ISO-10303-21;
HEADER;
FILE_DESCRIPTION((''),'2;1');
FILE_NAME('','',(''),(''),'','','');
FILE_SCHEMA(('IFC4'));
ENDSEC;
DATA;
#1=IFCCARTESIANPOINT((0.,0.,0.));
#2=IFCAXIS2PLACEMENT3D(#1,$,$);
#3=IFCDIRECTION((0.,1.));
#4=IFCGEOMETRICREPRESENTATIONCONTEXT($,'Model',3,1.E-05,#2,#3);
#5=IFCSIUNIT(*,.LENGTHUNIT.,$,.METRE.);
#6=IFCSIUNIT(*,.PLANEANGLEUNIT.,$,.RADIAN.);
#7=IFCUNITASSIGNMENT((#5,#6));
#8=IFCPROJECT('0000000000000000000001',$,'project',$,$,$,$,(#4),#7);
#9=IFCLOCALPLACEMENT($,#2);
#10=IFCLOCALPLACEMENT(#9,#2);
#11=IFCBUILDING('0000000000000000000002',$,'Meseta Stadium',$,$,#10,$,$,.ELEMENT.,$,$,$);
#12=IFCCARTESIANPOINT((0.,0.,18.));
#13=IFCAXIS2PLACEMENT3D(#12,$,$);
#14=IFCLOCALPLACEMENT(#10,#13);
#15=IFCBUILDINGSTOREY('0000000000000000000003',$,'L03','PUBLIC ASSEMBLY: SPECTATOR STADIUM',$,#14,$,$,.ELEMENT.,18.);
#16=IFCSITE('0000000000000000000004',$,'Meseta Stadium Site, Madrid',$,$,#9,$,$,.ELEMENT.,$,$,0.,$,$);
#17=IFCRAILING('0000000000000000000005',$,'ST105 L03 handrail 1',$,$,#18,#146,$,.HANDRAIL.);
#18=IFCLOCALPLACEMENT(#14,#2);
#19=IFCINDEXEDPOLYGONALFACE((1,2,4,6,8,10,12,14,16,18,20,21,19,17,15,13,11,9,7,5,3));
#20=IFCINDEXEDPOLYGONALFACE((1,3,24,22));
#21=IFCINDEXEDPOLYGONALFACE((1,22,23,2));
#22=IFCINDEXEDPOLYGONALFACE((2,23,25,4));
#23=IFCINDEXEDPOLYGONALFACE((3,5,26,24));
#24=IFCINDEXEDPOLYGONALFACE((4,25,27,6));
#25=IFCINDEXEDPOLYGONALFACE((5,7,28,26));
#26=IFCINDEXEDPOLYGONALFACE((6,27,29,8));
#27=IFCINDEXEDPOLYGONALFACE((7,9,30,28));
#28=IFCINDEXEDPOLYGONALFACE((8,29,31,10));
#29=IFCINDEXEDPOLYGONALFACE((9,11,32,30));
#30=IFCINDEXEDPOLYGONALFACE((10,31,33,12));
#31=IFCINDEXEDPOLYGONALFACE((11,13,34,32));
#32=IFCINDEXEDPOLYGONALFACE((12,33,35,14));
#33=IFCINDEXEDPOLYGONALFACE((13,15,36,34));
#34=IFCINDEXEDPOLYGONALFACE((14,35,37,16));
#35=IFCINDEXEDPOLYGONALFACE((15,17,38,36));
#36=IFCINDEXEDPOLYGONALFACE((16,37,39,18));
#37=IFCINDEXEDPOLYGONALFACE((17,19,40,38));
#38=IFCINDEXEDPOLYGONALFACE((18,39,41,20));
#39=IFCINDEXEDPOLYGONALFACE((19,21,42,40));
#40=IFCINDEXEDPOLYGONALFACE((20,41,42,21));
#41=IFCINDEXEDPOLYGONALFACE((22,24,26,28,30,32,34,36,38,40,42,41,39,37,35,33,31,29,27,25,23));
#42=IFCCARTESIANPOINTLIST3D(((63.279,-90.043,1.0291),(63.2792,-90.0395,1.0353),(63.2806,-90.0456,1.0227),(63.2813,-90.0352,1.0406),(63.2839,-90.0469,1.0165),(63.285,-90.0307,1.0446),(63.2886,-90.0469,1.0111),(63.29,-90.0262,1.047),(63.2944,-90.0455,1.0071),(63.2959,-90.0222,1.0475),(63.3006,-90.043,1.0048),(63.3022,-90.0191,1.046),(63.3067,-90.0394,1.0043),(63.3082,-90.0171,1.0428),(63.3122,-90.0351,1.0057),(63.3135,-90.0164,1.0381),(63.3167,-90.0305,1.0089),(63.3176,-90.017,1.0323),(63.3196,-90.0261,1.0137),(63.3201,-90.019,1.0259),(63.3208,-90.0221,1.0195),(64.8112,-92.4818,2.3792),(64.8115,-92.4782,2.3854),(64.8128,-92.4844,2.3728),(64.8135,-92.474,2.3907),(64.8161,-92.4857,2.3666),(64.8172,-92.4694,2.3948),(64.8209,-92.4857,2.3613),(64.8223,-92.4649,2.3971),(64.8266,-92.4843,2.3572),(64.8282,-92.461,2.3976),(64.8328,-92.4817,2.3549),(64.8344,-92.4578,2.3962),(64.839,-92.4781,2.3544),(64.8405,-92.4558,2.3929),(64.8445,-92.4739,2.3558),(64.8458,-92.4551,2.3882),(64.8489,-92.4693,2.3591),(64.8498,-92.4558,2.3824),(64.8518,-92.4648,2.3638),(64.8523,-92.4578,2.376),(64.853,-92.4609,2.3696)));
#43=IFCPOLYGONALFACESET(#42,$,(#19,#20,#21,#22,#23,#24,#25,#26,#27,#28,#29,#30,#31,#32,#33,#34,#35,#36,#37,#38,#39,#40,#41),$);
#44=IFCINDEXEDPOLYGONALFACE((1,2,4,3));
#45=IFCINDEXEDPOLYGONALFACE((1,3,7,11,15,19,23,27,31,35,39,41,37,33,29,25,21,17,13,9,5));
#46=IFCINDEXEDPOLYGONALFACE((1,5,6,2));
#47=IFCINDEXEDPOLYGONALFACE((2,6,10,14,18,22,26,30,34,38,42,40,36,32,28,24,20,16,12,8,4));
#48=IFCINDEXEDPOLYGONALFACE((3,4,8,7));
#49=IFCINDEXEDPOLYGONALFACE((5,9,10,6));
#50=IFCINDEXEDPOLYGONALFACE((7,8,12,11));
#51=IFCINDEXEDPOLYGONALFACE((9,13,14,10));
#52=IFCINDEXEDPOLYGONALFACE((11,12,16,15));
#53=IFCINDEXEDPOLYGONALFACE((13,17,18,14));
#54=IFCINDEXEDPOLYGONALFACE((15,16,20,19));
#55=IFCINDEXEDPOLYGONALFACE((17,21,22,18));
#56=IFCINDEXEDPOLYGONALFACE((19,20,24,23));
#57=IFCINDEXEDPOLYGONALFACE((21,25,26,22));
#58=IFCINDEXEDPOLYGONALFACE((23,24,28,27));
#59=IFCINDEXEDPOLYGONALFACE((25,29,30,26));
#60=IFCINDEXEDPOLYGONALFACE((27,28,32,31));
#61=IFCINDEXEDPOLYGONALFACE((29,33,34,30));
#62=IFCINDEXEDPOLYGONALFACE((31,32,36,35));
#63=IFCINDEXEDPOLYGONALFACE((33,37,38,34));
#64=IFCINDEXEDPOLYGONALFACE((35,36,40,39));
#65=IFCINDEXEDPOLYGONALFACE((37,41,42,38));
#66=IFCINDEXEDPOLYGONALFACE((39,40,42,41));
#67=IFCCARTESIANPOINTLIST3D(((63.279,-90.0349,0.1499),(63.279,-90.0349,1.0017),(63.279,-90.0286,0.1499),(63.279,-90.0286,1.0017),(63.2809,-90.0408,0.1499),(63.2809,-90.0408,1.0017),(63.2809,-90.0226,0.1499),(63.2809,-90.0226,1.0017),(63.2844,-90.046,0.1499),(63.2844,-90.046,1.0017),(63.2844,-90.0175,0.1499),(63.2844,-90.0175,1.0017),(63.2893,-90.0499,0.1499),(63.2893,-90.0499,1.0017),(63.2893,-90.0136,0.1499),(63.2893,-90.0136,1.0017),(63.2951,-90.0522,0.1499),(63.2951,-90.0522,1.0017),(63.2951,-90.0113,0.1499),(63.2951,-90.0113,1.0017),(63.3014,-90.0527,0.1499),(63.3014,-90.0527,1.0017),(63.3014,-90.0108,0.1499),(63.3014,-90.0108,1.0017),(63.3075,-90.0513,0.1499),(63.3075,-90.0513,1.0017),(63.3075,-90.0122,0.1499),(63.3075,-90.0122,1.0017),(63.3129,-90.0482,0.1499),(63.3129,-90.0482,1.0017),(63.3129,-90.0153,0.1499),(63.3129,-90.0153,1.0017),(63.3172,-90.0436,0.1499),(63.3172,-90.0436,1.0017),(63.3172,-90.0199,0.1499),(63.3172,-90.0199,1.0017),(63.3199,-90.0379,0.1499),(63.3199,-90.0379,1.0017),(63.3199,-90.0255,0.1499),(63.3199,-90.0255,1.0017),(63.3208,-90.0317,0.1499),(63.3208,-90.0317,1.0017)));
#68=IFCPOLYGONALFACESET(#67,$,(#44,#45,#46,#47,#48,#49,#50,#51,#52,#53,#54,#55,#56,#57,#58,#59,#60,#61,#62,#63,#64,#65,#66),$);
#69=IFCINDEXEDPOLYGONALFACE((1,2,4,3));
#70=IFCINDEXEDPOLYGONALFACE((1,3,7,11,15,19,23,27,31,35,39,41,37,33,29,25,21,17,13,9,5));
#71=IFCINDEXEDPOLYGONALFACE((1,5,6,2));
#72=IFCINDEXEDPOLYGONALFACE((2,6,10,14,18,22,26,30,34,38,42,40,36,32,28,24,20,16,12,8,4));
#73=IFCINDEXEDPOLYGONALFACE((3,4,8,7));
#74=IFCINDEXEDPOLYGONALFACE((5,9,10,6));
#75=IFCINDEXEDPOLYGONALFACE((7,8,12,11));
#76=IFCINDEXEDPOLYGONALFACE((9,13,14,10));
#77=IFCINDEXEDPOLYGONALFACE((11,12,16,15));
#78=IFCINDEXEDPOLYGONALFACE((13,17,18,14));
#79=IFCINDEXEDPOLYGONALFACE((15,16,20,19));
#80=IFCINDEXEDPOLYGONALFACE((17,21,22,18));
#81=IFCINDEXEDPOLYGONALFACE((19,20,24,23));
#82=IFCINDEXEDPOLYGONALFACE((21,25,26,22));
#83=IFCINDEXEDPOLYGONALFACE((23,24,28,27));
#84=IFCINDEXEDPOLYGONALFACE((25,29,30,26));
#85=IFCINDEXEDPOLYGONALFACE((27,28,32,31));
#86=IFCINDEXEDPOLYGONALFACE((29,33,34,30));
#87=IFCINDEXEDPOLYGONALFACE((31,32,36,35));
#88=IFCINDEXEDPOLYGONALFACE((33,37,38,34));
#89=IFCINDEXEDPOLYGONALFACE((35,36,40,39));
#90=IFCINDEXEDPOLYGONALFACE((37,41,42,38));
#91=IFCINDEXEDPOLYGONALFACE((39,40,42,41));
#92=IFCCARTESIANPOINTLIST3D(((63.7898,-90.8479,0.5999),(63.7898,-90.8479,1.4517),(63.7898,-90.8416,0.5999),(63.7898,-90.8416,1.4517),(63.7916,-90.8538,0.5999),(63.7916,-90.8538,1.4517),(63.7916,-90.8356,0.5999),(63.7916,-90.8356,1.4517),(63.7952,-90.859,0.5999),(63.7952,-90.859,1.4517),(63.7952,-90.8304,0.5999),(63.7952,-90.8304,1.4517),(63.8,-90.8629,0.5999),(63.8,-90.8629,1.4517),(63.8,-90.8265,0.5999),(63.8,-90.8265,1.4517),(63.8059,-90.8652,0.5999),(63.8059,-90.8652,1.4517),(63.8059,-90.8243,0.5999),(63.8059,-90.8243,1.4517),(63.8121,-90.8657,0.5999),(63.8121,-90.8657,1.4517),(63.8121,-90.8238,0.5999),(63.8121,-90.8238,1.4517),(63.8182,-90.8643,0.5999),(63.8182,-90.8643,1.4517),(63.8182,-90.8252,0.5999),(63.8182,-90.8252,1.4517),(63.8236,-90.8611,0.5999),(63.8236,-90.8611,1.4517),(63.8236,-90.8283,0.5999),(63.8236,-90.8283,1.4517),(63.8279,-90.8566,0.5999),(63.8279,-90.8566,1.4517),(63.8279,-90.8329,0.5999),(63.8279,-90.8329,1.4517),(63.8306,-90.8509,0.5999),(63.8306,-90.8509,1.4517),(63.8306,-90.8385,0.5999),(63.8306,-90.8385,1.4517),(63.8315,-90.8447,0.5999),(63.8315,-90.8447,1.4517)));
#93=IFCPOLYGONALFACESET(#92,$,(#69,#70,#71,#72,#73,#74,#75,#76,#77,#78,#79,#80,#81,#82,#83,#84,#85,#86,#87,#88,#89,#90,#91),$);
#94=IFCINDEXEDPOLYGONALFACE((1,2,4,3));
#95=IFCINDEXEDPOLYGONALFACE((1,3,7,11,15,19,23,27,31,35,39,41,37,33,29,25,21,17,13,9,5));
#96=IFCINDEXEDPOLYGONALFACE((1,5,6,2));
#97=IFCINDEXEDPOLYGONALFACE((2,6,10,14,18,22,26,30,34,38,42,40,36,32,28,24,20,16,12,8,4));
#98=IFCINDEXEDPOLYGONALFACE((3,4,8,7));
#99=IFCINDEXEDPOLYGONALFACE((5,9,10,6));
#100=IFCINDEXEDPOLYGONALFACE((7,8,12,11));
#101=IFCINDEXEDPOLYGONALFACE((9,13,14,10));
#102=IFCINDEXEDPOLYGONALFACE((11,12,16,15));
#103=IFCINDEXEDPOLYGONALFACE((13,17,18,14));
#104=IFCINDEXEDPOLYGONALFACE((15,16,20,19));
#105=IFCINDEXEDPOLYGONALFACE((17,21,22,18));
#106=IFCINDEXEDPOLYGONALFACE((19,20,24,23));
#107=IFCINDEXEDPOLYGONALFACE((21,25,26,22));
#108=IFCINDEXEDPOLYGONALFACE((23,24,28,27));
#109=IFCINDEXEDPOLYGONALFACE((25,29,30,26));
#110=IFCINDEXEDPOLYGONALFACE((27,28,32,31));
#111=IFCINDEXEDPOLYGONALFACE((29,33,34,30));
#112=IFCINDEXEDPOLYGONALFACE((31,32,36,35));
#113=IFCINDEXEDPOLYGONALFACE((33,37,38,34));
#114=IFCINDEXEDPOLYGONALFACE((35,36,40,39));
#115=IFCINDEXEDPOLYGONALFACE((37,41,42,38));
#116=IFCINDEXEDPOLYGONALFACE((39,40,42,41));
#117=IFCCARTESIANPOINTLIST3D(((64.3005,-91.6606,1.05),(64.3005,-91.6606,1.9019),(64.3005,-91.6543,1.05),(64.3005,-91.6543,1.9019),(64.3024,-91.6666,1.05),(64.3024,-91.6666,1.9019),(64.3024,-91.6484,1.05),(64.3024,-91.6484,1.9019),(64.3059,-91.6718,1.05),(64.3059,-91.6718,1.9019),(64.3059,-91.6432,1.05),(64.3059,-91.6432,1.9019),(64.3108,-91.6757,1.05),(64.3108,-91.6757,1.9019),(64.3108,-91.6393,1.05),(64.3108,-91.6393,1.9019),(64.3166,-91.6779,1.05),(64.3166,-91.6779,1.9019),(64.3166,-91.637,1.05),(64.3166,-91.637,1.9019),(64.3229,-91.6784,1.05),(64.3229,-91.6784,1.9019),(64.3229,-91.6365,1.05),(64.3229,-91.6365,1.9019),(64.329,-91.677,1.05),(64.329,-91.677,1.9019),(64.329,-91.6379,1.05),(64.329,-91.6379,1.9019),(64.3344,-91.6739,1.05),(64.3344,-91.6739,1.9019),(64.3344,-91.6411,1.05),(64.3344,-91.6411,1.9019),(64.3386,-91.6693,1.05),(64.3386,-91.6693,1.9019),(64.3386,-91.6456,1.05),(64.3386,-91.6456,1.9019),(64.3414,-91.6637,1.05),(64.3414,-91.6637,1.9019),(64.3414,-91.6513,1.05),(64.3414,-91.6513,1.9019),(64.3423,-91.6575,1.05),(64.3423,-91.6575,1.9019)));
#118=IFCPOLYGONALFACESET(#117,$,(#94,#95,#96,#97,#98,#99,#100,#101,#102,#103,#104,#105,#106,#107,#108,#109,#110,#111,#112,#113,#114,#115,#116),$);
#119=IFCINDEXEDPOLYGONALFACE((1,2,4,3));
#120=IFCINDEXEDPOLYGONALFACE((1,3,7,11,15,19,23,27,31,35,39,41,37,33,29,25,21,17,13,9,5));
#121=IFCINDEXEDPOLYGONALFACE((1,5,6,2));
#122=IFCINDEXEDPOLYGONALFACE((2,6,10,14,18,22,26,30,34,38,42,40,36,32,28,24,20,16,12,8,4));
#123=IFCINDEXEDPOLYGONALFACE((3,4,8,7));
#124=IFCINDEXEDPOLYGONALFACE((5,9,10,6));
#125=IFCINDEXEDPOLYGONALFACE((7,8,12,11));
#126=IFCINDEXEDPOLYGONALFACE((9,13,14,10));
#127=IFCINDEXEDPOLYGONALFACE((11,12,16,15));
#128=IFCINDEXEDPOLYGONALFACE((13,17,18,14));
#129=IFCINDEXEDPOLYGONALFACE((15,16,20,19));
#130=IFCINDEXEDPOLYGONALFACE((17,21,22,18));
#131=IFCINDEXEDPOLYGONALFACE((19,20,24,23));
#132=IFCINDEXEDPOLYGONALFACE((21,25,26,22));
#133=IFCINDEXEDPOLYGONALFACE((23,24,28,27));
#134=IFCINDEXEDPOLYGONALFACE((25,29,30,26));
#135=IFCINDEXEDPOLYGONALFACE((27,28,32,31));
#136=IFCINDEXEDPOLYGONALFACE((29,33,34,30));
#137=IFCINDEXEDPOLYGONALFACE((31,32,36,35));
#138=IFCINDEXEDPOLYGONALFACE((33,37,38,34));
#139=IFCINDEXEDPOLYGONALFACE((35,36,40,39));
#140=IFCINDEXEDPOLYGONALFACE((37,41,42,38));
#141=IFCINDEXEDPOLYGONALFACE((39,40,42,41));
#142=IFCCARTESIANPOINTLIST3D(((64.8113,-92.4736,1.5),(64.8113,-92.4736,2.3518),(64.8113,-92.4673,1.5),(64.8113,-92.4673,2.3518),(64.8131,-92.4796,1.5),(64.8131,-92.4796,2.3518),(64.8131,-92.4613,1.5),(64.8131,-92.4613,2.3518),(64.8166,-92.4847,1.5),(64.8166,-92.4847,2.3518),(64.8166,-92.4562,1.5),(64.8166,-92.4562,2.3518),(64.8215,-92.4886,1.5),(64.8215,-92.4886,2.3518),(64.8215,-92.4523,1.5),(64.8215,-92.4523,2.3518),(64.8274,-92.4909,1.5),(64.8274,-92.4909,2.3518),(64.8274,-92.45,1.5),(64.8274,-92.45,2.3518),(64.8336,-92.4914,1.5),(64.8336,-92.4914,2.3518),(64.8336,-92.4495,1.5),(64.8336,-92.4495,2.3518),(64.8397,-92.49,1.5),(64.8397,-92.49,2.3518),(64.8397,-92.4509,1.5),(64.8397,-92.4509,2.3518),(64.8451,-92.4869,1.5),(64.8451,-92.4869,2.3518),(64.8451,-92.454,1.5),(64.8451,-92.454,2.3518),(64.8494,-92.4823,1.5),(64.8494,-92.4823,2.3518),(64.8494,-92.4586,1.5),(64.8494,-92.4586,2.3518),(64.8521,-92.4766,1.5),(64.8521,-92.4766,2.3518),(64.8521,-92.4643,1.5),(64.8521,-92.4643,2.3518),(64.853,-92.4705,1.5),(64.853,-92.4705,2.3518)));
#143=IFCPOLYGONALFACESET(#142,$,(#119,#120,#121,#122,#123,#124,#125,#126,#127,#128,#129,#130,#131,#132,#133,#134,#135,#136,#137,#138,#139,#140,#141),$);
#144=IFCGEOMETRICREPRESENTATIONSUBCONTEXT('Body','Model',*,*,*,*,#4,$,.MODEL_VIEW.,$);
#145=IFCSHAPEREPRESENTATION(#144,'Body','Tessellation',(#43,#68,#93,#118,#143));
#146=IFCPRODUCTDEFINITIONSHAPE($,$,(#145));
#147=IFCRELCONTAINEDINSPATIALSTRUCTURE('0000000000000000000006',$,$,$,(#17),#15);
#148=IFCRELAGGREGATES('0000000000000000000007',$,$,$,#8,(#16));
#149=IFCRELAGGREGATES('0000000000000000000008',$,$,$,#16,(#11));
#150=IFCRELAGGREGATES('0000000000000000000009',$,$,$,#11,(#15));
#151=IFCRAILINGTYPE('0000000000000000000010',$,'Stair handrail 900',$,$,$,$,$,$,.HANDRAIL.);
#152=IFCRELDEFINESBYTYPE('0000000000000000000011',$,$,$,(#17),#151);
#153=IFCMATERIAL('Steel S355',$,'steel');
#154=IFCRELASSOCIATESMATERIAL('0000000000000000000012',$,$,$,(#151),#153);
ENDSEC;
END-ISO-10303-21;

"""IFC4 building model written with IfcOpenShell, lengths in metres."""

from ifc_helpers import new_model, si_unit, direction, frame, origin, origin_2d, place, context, subcontext, project, spatial, circle, extrude, material, type_object, element, save


model = new_model("IFC4")

# Units and contexts
model_context = context("Model", 3, precision=1e-05, world=origin(), true_north=direction((0.0, 1.0)))
body_context = subcontext(model_context, "Body", "Model", "MODEL_VIEW")
ifc_project = project(units=[si_unit("LENGTHUNIT", "METRE"), si_unit("PLANEANGLEUNIT", "RADIAN")], contexts=[model_context])

# Site, building, storey
site_placement = place(None, origin())
site = spatial("IfcSite", under=ifc_project, at=site_placement, Name="Meseta Stadium Site, Madrid", CompositionType="ELEMENT", RefElevation=0.0)
building_placement = place(site_placement, origin())
building = spatial("IfcBuilding", under=site, at=building_placement, Name="Meseta Stadium", CompositionType="ELEMENT")
storey_placement = place(building_placement, frame((0.0, 0.0, 18.0)))
storey = spatial("IfcBuildingStorey", under=building, at=storey_placement, Name="L03", Description="PUBLIC ASSEMBLY: SPECTATOR STADIUM", CompositionType="ELEMENT", Elevation=18.0)

# Railing
ifc_material_1 = material(Name="Steel S355", Category="steel")
railing_type_1 = type_object("IfcRailingType", Name="Stair handrail 900", PredefinedType="HANDRAIL", material=ifc_material_1)
for number, where, name in (
    (1, (63.2998, -90.0317, 0.1499), "ST105 L03 handrail 1"),
):
    element("IfcRailing", number, at=place(storey_placement, frame(where)), inside=storey, type_object=railing_type_1, Name=name, PredefinedType="HANDRAIL", context=body_context, shape_type="SweptSolid", body=[
        extrude(circle(Radius=0.0239, at=origin_2d()), frame((0.0, 0.0, 0.876), z_axis=(0.481703, -0.766687, 0.424445), x_axis=(0.846743, 0.532001, 0.0)), (0.0, 0.0, 1.0), 3.1809),
        extrude(circle(Radius=0.021, at=origin_2d()), origin(), (0.0, 0.0, 1.0), 0.8518),
        extrude(circle(Radius=0.021, at=origin_2d()), frame((0.5107, -0.813, 0.45)), (0.0, 0.0, 1.0), 0.8518),
        extrude(circle(Radius=0.021, at=origin_2d()), frame((1.0215, -1.6257, 0.9001)), (0.0, 0.0, 1.0), 0.8518),
        extrude(circle(Radius=0.021, at=origin_2d()), frame((1.5322, -2.4387, 1.3501)), (0.0, 0.0, 1.0), 0.8518),
    ])

save(model, "model.ifc")
